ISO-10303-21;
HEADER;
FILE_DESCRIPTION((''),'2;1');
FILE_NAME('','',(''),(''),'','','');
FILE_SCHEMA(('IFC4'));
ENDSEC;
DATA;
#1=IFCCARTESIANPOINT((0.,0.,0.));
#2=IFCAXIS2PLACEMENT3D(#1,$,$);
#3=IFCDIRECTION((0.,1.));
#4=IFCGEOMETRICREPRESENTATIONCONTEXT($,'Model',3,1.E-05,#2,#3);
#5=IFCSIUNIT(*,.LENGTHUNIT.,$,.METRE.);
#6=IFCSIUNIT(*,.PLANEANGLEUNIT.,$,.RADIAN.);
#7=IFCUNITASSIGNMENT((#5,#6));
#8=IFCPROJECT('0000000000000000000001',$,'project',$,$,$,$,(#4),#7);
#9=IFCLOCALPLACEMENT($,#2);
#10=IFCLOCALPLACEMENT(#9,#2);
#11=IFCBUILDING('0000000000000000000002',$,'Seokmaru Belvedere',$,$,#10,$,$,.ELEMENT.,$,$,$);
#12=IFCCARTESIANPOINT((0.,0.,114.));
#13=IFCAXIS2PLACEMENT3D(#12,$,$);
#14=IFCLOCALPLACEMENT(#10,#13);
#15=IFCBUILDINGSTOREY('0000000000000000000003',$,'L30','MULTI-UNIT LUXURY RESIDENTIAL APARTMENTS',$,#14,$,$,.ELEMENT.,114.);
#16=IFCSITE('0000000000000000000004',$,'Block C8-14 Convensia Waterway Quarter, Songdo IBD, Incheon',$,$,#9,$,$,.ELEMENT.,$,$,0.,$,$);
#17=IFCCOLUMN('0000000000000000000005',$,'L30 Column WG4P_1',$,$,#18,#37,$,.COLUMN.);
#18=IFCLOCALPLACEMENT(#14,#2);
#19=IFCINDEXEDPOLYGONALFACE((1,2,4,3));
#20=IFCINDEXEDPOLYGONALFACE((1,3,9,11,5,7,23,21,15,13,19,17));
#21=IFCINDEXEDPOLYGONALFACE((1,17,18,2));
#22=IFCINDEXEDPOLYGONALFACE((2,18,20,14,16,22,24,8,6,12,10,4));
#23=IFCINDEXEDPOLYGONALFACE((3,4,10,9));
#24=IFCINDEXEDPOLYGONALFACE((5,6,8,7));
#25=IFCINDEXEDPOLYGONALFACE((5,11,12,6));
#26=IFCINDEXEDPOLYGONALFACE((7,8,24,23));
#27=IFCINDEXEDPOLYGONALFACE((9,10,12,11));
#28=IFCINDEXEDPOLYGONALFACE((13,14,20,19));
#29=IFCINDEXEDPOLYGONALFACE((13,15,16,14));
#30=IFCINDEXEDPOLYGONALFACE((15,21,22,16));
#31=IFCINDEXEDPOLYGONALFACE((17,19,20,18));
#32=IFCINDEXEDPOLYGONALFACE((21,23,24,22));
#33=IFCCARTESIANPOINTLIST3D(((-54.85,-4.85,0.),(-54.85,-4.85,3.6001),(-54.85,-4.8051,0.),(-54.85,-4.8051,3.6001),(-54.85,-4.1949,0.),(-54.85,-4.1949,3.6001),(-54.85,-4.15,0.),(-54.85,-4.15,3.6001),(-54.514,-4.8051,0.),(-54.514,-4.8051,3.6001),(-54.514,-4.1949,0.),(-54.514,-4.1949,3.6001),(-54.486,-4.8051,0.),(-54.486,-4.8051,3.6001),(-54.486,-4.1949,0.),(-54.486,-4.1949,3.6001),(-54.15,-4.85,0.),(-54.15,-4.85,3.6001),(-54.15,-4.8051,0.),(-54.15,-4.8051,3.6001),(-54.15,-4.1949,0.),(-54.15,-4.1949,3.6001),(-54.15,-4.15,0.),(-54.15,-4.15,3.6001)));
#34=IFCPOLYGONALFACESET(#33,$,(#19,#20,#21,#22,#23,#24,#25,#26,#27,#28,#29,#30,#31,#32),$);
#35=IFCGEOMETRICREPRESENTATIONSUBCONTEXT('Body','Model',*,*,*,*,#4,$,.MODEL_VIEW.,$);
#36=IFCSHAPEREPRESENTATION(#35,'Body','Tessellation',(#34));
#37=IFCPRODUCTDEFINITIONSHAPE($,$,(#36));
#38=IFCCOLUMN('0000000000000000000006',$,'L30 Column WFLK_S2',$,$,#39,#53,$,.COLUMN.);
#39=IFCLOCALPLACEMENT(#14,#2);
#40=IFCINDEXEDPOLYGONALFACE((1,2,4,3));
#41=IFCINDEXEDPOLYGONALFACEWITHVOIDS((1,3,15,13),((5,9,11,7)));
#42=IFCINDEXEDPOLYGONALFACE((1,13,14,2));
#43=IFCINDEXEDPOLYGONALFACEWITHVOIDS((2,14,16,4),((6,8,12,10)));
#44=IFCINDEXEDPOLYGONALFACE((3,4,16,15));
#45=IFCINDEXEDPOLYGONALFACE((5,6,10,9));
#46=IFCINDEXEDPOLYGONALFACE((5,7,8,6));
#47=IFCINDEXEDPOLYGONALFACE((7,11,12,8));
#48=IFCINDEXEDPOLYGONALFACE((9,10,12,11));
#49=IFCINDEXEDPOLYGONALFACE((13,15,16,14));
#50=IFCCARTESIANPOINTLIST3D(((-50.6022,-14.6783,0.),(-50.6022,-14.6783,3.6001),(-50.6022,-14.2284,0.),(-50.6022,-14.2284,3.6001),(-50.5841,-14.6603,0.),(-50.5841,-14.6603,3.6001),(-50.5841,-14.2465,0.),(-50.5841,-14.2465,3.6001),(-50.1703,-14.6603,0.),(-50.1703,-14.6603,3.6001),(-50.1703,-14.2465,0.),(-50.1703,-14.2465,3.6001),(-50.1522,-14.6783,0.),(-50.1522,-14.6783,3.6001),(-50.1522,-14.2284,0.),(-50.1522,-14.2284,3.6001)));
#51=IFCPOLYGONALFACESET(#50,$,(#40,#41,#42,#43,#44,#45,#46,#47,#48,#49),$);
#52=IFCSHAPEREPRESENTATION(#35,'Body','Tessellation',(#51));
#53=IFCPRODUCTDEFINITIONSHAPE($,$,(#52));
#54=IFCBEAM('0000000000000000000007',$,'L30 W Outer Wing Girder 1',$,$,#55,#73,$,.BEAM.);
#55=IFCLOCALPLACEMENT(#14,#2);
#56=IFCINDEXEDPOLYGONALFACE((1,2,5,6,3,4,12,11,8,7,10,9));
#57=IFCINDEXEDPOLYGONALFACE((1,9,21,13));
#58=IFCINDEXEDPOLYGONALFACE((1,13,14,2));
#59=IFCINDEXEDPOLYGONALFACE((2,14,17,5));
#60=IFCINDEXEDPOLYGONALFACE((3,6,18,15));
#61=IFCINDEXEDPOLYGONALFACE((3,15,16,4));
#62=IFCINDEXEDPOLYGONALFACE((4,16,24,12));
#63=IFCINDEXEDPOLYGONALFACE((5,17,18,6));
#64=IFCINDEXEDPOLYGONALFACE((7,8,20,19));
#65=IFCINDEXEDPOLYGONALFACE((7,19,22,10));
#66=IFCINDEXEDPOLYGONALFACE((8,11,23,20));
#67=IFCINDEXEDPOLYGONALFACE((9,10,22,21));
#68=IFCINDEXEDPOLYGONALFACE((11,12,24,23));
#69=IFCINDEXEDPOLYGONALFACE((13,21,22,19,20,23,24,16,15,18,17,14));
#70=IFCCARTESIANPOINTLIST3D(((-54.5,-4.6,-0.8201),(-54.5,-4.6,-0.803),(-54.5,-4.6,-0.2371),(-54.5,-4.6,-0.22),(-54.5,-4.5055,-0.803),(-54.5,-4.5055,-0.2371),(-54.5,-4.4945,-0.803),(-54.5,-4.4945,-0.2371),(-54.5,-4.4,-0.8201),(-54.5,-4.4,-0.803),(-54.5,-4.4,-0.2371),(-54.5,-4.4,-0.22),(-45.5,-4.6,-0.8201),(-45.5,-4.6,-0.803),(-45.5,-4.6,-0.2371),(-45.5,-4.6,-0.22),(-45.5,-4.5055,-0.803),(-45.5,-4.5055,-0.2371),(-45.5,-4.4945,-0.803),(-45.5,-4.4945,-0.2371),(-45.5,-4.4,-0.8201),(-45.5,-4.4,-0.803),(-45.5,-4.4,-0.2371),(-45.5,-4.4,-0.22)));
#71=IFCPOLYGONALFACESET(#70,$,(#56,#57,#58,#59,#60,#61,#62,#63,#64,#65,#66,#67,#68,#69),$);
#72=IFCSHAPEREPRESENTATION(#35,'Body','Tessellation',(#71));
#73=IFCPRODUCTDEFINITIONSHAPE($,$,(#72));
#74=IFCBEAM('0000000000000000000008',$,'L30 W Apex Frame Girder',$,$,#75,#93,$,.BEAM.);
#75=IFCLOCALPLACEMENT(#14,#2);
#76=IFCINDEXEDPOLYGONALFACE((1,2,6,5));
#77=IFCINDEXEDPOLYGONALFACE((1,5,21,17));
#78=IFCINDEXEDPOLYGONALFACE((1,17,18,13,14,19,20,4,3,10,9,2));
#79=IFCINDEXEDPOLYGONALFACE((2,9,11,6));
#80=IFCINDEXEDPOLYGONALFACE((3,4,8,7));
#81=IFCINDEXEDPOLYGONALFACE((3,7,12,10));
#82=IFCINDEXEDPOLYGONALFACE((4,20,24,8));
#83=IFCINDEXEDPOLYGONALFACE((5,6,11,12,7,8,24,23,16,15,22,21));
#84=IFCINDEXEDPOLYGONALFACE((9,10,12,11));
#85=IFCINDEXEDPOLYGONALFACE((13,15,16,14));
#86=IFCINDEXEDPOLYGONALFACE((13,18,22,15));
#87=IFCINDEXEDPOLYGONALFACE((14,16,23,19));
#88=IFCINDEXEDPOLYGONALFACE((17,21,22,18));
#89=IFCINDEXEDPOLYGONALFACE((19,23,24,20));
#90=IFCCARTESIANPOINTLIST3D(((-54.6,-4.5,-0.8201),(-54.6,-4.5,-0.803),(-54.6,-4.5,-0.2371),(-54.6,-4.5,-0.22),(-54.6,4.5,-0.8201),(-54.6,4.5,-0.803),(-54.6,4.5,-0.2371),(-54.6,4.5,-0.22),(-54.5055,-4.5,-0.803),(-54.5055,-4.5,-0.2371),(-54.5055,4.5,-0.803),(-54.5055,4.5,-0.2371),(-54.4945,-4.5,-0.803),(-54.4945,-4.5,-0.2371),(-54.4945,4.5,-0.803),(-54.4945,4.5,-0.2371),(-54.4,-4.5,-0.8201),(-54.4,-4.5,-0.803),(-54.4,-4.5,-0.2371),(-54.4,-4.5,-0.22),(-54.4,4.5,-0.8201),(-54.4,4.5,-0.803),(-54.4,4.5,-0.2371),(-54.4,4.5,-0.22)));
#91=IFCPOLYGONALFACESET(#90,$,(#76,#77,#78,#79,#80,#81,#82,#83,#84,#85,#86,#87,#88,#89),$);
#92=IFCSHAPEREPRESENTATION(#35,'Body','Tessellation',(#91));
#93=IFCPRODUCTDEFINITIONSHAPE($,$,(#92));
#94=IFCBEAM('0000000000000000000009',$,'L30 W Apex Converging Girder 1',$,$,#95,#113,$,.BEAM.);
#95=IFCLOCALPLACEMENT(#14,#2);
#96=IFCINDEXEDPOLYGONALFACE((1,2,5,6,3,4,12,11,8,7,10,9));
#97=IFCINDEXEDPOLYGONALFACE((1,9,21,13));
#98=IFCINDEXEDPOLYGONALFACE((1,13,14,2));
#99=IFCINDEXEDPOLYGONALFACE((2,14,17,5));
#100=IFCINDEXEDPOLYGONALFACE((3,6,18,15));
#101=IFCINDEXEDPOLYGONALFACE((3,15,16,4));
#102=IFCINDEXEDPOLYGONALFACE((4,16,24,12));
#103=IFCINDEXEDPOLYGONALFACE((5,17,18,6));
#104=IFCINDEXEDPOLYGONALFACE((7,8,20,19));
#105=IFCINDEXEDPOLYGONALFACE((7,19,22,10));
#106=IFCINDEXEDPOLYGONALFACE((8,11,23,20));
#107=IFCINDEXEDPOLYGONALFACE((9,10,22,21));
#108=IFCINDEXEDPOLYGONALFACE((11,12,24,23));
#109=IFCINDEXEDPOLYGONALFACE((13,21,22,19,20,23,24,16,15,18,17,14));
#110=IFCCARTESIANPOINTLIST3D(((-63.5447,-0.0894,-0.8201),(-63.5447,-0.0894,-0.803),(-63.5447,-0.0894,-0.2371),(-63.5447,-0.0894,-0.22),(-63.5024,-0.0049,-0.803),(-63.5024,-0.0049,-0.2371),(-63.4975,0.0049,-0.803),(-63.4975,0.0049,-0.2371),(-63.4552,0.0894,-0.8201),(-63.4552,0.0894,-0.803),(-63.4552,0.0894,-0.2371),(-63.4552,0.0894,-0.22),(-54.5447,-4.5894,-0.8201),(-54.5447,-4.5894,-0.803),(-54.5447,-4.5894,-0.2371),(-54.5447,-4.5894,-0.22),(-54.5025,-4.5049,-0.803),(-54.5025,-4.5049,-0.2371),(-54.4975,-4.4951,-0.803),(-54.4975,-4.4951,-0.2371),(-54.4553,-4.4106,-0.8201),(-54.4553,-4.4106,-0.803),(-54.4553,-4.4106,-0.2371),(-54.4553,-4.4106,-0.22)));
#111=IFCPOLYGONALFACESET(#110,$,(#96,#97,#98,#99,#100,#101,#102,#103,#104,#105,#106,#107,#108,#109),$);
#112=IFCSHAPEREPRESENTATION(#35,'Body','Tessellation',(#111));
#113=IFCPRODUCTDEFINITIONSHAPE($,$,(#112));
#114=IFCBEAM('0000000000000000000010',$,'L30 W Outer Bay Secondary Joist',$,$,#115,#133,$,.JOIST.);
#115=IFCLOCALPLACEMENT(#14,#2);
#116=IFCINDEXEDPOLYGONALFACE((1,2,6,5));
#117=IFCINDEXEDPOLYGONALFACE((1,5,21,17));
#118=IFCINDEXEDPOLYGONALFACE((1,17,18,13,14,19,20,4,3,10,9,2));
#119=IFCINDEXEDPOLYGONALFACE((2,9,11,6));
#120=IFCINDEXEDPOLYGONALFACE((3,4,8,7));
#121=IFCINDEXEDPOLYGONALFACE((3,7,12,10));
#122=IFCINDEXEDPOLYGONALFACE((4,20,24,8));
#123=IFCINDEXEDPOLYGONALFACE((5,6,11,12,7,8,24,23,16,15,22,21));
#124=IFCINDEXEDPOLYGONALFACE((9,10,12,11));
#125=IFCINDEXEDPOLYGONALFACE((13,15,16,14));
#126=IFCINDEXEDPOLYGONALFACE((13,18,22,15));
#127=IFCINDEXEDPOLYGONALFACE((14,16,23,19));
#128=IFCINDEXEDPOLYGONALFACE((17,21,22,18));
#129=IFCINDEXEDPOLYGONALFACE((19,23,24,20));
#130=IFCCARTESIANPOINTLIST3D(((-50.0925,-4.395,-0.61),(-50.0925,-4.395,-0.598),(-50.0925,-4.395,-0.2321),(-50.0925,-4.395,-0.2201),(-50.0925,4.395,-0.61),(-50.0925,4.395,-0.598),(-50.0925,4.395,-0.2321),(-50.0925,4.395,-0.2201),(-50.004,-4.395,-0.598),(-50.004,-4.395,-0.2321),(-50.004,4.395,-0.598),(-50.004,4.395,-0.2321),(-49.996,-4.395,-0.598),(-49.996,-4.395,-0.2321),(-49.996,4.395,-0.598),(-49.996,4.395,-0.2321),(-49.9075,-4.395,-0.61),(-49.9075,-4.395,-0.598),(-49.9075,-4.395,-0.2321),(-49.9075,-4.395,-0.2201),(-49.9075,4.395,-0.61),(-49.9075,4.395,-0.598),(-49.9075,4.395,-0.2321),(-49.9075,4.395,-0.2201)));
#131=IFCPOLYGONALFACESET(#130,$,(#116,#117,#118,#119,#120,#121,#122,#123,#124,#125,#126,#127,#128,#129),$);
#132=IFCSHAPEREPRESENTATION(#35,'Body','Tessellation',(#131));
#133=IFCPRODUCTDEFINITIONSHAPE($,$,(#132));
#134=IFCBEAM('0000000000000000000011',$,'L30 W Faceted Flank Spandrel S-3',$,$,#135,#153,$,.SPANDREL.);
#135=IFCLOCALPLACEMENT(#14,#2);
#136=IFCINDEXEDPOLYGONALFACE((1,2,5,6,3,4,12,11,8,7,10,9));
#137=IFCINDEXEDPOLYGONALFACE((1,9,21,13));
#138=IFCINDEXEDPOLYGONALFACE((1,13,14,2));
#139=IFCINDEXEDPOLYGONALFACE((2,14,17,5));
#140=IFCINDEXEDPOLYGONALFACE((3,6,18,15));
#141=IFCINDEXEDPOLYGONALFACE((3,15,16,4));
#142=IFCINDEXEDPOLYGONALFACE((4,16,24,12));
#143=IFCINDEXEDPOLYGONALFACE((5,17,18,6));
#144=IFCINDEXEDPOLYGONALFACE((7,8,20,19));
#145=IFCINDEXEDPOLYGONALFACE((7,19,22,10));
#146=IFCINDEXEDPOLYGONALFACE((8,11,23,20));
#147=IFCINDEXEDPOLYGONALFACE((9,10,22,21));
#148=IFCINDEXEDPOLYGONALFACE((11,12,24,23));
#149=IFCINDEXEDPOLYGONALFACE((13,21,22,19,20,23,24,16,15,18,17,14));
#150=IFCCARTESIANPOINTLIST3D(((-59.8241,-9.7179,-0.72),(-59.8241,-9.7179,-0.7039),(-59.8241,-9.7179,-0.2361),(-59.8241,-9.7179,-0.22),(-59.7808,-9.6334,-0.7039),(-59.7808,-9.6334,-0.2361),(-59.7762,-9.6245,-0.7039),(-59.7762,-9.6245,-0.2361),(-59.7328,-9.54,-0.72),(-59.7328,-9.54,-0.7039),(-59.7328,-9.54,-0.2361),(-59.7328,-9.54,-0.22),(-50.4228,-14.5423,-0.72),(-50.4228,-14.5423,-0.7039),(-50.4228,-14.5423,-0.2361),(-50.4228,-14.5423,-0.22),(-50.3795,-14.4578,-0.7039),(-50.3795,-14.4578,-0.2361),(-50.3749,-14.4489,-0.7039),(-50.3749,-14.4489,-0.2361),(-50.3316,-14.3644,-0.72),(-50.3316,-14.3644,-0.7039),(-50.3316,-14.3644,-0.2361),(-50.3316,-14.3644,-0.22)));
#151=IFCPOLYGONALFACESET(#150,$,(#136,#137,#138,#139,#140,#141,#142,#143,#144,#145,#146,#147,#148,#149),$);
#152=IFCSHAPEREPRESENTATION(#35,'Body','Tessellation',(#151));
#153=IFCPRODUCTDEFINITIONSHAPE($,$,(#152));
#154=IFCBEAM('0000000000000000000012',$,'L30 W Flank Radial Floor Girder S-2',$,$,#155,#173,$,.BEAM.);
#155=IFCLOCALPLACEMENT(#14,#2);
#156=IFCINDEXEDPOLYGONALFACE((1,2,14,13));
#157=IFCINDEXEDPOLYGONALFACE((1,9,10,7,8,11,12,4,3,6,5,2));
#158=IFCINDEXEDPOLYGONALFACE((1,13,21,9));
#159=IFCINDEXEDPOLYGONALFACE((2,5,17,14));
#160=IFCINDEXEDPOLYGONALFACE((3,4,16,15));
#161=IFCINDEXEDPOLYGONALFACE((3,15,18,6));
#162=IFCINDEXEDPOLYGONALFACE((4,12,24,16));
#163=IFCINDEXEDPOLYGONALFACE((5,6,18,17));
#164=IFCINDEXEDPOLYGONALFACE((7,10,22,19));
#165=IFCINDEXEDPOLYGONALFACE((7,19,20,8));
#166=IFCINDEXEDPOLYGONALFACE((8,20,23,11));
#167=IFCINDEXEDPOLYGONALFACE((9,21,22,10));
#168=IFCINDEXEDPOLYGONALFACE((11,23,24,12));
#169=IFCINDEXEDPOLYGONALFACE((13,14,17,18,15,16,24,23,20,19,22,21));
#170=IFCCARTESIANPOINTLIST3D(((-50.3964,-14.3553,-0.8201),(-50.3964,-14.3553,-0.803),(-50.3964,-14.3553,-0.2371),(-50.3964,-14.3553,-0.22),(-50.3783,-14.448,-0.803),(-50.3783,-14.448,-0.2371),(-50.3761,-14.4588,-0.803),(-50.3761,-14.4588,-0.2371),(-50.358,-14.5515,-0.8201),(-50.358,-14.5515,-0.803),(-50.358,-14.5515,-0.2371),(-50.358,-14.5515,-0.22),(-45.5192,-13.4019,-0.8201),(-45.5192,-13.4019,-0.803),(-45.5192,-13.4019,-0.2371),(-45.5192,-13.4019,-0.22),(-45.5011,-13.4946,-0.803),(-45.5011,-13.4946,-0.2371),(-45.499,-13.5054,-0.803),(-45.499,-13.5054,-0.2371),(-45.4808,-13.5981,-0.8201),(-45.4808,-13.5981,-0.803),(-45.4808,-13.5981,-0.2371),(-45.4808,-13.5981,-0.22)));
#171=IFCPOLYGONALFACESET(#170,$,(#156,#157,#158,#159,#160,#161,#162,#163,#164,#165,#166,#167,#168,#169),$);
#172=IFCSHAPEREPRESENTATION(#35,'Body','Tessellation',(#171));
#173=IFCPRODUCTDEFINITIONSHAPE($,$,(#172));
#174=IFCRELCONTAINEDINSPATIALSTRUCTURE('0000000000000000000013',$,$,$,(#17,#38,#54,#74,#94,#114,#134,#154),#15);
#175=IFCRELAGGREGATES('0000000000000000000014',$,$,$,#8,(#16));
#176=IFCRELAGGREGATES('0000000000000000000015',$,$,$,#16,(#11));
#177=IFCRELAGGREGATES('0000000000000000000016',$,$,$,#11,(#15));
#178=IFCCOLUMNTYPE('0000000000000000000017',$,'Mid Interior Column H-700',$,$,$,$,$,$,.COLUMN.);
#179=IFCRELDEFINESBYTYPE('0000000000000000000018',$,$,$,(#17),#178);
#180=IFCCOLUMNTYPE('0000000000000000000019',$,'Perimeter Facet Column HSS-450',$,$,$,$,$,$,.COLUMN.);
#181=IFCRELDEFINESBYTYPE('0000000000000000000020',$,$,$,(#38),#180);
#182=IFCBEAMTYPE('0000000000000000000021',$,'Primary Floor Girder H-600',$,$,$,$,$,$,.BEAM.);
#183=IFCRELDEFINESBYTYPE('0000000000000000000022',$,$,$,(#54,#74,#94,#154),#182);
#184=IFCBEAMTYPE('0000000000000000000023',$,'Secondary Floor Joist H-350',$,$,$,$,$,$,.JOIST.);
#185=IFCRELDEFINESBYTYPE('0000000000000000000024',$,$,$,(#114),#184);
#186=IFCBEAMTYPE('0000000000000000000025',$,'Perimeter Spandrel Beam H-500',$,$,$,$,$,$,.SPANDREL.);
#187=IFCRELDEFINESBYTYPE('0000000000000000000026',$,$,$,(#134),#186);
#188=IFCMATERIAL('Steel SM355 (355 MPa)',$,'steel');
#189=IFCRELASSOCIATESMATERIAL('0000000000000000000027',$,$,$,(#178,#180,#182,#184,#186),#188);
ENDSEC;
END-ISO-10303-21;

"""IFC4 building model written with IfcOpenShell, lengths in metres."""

from ifc_helpers import new_model, si_unit, direction, frame, origin, origin_2d, place, context, subcontext, project, spatial, hollow_rectangle, i_section, extrude, source, transform, mapped, material, material_profile, profile_set, type_object, type_shapes, element, save


model = new_model("IFC4")

# Units and contexts
model_context = context("Model", 3, precision=1e-05, world=origin(), true_north=direction((0.0, 1.0)))
body_context = subcontext(model_context, "Body", "Model", "MODEL_VIEW")
ifc_project = project(units=[si_unit("LENGTHUNIT", "METRE"), si_unit("PLANEANGLEUNIT", "RADIAN")], contexts=[model_context])

# Site, building, storey
site_placement = place(None, origin())
site = spatial("IfcSite", under=ifc_project, at=site_placement, Name="Block C8-14 Convensia Waterway Quarter, Songdo IBD, Incheon", CompositionType="ELEMENT", RefElevation=0.0)
building_placement = place(site_placement, origin())
building = spatial("IfcBuilding", under=site, at=building_placement, Name="Seokmaru Belvedere", CompositionType="ELEMENT")
storey_placement = place(building_placement, frame((0.0, 0.0, 114.0)))
storey = spatial("IfcBuildingStorey", under=building, at=storey_placement, Name="L30", Description="MULTI-UNIT LUXURY RESIDENTIAL APARTMENTS", CompositionType="ELEMENT", Elevation=114.0)

# Columns
ifc_material_1 = material(Name="Steel SM355 (355 MPa)", Category="steel")
ifc_material_profile_1 = material_profile(ifc_material_1, i_section(OverallWidth=0.7, OverallDepth=0.7, WebThickness=0.0281, FlangeThickness=0.0449, at=origin_2d()), Name="H-700x700x28x45")
ifc_profile_set_1 = profile_set([ifc_material_profile_1], Name="Steel SM355 (355 MPa)")
column_type_1 = type_object("IfcColumnType", Name="Mid Interior Column H-700", PredefinedType="COLUMN", material=ifc_profile_set_1)
shared_shape_1 = source(origin(), body_context, "Body", "SweptSolid", [
    extrude(i_section(OverallWidth=0.7, OverallDepth=0.7, WebThickness=0.0281, FlangeThickness=0.0449, at=origin_2d()), origin(), (0.0, 0.0, 1.0), 3.6001),
])
type_shapes(column_type_1, [shared_shape_1])
column_1_placement = place(storey_placement, frame((-54.5, -4.5, 0.0), z_axis=(0.0, 0.0, 1.0), x_axis=(1.0, 0.0, 0.0)))
element("IfcColumn", 1, at=column_1_placement, inside=storey, type_object=column_type_1, Name="L30 Column WG4P_1", PredefinedType="COLUMN", context=body_context, shape_type="MappedRepresentation", body=[
    mapped(shared_shape_1, transform((0.0, 0.0, 0.0), scale=1.0)),
])
ifc_material_profile_2 = material_profile(ifc_material_1, hollow_rectangle(XDim=0.45, YDim=0.45, WallThickness=0.0181, at=origin_2d()), Name="HSS-450x450x18")
ifc_profile_set_2 = profile_set([ifc_material_profile_2], Name="Steel SM355 (355 MPa)")
column_type_2 = type_object("IfcColumnType", Name="Perimeter Facet Column HSS-450", PredefinedType="COLUMN", material=ifc_profile_set_2)
shared_shape_2 = source(origin(), body_context, "Body", "SweptSolid", [
    extrude(hollow_rectangle(XDim=0.45, YDim=0.45, WallThickness=0.0181, at=origin_2d()), origin(), (0.0, 0.0, 1.0), 3.6001),
])
type_shapes(column_type_2, [shared_shape_2])
column_2_placement = place(storey_placement, frame((-50.3772, -14.4534, 0.0), z_axis=(0.0, 0.0, 1.0), x_axis=(1.0, 0.0, 0.0)))
element("IfcColumn", 2, at=column_2_placement, inside=storey, type_object=column_type_2, Name="L30 Column WFLK_S2", PredefinedType="COLUMN", context=body_context, shape_type="MappedRepresentation", body=[
    mapped(shared_shape_2, transform((0.0, 0.0, 0.0), scale=1.0)),
])

# Beams
ifc_material_profile_3 = material_profile(ifc_material_1, i_section(OverallWidth=0.2, OverallDepth=0.6001, WebThickness=0.011, FlangeThickness=0.0171, at=origin_2d()), Name="H-600x200x11x17")
ifc_profile_set_3 = profile_set([ifc_material_profile_3], Name="Steel SM355 (355 MPa)")
beam_type_1 = type_object("IfcBeamType", Name="Primary Floor Girder H-600", PredefinedType="BEAM", material=ifc_profile_set_3)
shared_shape_3 = source(origin(), body_context, "Body", "SweptSolid", [
    extrude(i_section(OverallWidth=0.2, OverallDepth=0.6001, WebThickness=0.011, FlangeThickness=0.0171, at=origin_2d()), origin(), (0.0, 0.0, 1.0), 9.0),
])
for number, where, z_axis, x_axis, name in (
    (3, (-54.5, -4.5, -0.52), (1.0, 0.0, 0.0), (0.0, 1.0, 0.0), "L30 W Outer Wing Girder 1"),
    (4, (-54.5, -4.5, -0.52), (0.0, 1.0, 0.0), (-1.0, 0.0, 0.0), "L30 W Apex Frame Girder"),
):
    element("IfcBeam", number, at=place(storey_placement, frame(where, z_axis=z_axis, x_axis=x_axis)), inside=storey, type_object=beam_type_1, Name=name, PredefinedType="BEAM", context=body_context, shape_type="MappedRepresentation", body=[
        mapped(shared_shape_3, transform((0.0, 0.0, 0.0), scale=1.0)),
    ])
shared_shape_4 = source(origin(), body_context, "Body", "SweptSolid", [
    extrude(i_section(OverallWidth=0.2, OverallDepth=0.6001, WebThickness=0.011, FlangeThickness=0.0171, at=origin_2d()), origin(), (0.0, 0.0, 1.0), 10.0623),
])
beam_1_placement = place(storey_placement, frame((-54.5, -4.5, -0.52), z_axis=(-0.894427, 0.447214, 0.0), x_axis=(-0.447214, -0.894427, 0.0)))
element("IfcBeam", 5, at=beam_1_placement, inside=storey, type_object=beam_type_1, Name="L30 W Apex Converging Girder 1", PredefinedType="BEAM", context=body_context, shape_type="MappedRepresentation", body=[
    mapped(shared_shape_4, transform((0.0, 0.0, 0.0), scale=1.0)),
])
ifc_material_profile_4 = material_profile(ifc_material_1, i_section(OverallWidth=0.1851, OverallDepth=0.3899, WebThickness=0.0081, FlangeThickness=0.012, at=origin_2d()), Name="H-390x185x8x12")
ifc_profile_set_4 = profile_set([ifc_material_profile_4], Name="Steel SM355 (355 MPa)")
beam_type_2 = type_object("IfcBeamType", Name="Secondary Floor Joist H-350", PredefinedType="JOIST", material=ifc_profile_set_4)
shared_shape_5 = source(origin(), body_context, "Body", "SweptSolid", [
    extrude(i_section(OverallWidth=0.1851, OverallDepth=0.3899, WebThickness=0.0081, FlangeThickness=0.012, at=origin_2d()), origin(), (0.0, 0.0, 1.0), 8.79),
])
type_shapes(beam_type_2, [shared_shape_5])
beam_2_placement = place(storey_placement, frame((-50.0, -4.395, -0.415), z_axis=(0.0, 1.0, 0.0), x_axis=(-1.0, 0.0, 0.0)))
element("IfcBeam", 6, at=beam_2_placement, inside=storey, type_object=beam_type_2, Name="L30 W Outer Bay Secondary Joist", PredefinedType="JOIST", context=body_context, shape_type="MappedRepresentation", body=[
    mapped(shared_shape_5, transform((0.0, 0.0, 0.0), scale=1.0)),
])
ifc_material_profile_5 = material_profile(ifc_material_1, i_section(OverallWidth=0.2, OverallDepth=0.5, WebThickness=0.01, FlangeThickness=0.0161, at=origin_2d()), Name="H-500x200x10x16")
ifc_profile_set_5 = profile_set([ifc_material_profile_5], Name="Steel SM355 (355 MPa)")
beam_type_3 = type_object("IfcBeamType", Name="Perimeter Spandrel Beam H-500", PredefinedType="SPANDREL", material=ifc_profile_set_5)
shared_shape_6 = source(origin(), body_context, "Body", "SweptSolid", [
    extrude(i_section(OverallWidth=0.2, OverallDepth=0.5, WebThickness=0.01, FlangeThickness=0.0161, at=origin_2d()), origin(), (0.0, 0.0, 1.0), 10.5669),
])
type_shapes(beam_type_3, [shared_shape_6])
beam_3_placement = place(storey_placement, frame((-50.3772, -14.4534, -0.47), z_axis=(-0.889693, 0.45656, 0.0), x_axis=(-0.45656, -0.889693, 0.0)))
element("IfcBeam", 7, at=beam_3_placement, inside=storey, type_object=beam_type_3, Name="L30 W Faceted Flank Spandrel S-3", PredefinedType="SPANDREL", context=body_context, shape_type="MappedRepresentation", body=[
    mapped(shared_shape_6, transform((0.0, 0.0, 0.0), scale=1.0)),
])
shared_shape_7 = source(origin(), body_context, "Body", "SweptSolid", [
    extrude(i_section(OverallWidth=0.2, OverallDepth=0.6001, WebThickness=0.011, FlangeThickness=0.0171, at=origin_2d()), origin(), (0.0, 0.0, 1.0), 4.9695),
])
beam_4_placement = place(storey_placement, frame((-50.3772, -14.4534, -0.52), z_axis=(0.981425, 0.191844, 0.0), x_axis=(-0.191844, 0.981425, 0.0)))
element("IfcBeam", 8, at=beam_4_placement, inside=storey, type_object=beam_type_1, Name="L30 W Flank Radial Floor Girder S-2", PredefinedType="BEAM", context=body_context, shape_type="MappedRepresentation", body=[
    mapped(shared_shape_7, transform((0.0, 0.0, 0.0), scale=1.0)),
])

save(model, "model.ifc")
